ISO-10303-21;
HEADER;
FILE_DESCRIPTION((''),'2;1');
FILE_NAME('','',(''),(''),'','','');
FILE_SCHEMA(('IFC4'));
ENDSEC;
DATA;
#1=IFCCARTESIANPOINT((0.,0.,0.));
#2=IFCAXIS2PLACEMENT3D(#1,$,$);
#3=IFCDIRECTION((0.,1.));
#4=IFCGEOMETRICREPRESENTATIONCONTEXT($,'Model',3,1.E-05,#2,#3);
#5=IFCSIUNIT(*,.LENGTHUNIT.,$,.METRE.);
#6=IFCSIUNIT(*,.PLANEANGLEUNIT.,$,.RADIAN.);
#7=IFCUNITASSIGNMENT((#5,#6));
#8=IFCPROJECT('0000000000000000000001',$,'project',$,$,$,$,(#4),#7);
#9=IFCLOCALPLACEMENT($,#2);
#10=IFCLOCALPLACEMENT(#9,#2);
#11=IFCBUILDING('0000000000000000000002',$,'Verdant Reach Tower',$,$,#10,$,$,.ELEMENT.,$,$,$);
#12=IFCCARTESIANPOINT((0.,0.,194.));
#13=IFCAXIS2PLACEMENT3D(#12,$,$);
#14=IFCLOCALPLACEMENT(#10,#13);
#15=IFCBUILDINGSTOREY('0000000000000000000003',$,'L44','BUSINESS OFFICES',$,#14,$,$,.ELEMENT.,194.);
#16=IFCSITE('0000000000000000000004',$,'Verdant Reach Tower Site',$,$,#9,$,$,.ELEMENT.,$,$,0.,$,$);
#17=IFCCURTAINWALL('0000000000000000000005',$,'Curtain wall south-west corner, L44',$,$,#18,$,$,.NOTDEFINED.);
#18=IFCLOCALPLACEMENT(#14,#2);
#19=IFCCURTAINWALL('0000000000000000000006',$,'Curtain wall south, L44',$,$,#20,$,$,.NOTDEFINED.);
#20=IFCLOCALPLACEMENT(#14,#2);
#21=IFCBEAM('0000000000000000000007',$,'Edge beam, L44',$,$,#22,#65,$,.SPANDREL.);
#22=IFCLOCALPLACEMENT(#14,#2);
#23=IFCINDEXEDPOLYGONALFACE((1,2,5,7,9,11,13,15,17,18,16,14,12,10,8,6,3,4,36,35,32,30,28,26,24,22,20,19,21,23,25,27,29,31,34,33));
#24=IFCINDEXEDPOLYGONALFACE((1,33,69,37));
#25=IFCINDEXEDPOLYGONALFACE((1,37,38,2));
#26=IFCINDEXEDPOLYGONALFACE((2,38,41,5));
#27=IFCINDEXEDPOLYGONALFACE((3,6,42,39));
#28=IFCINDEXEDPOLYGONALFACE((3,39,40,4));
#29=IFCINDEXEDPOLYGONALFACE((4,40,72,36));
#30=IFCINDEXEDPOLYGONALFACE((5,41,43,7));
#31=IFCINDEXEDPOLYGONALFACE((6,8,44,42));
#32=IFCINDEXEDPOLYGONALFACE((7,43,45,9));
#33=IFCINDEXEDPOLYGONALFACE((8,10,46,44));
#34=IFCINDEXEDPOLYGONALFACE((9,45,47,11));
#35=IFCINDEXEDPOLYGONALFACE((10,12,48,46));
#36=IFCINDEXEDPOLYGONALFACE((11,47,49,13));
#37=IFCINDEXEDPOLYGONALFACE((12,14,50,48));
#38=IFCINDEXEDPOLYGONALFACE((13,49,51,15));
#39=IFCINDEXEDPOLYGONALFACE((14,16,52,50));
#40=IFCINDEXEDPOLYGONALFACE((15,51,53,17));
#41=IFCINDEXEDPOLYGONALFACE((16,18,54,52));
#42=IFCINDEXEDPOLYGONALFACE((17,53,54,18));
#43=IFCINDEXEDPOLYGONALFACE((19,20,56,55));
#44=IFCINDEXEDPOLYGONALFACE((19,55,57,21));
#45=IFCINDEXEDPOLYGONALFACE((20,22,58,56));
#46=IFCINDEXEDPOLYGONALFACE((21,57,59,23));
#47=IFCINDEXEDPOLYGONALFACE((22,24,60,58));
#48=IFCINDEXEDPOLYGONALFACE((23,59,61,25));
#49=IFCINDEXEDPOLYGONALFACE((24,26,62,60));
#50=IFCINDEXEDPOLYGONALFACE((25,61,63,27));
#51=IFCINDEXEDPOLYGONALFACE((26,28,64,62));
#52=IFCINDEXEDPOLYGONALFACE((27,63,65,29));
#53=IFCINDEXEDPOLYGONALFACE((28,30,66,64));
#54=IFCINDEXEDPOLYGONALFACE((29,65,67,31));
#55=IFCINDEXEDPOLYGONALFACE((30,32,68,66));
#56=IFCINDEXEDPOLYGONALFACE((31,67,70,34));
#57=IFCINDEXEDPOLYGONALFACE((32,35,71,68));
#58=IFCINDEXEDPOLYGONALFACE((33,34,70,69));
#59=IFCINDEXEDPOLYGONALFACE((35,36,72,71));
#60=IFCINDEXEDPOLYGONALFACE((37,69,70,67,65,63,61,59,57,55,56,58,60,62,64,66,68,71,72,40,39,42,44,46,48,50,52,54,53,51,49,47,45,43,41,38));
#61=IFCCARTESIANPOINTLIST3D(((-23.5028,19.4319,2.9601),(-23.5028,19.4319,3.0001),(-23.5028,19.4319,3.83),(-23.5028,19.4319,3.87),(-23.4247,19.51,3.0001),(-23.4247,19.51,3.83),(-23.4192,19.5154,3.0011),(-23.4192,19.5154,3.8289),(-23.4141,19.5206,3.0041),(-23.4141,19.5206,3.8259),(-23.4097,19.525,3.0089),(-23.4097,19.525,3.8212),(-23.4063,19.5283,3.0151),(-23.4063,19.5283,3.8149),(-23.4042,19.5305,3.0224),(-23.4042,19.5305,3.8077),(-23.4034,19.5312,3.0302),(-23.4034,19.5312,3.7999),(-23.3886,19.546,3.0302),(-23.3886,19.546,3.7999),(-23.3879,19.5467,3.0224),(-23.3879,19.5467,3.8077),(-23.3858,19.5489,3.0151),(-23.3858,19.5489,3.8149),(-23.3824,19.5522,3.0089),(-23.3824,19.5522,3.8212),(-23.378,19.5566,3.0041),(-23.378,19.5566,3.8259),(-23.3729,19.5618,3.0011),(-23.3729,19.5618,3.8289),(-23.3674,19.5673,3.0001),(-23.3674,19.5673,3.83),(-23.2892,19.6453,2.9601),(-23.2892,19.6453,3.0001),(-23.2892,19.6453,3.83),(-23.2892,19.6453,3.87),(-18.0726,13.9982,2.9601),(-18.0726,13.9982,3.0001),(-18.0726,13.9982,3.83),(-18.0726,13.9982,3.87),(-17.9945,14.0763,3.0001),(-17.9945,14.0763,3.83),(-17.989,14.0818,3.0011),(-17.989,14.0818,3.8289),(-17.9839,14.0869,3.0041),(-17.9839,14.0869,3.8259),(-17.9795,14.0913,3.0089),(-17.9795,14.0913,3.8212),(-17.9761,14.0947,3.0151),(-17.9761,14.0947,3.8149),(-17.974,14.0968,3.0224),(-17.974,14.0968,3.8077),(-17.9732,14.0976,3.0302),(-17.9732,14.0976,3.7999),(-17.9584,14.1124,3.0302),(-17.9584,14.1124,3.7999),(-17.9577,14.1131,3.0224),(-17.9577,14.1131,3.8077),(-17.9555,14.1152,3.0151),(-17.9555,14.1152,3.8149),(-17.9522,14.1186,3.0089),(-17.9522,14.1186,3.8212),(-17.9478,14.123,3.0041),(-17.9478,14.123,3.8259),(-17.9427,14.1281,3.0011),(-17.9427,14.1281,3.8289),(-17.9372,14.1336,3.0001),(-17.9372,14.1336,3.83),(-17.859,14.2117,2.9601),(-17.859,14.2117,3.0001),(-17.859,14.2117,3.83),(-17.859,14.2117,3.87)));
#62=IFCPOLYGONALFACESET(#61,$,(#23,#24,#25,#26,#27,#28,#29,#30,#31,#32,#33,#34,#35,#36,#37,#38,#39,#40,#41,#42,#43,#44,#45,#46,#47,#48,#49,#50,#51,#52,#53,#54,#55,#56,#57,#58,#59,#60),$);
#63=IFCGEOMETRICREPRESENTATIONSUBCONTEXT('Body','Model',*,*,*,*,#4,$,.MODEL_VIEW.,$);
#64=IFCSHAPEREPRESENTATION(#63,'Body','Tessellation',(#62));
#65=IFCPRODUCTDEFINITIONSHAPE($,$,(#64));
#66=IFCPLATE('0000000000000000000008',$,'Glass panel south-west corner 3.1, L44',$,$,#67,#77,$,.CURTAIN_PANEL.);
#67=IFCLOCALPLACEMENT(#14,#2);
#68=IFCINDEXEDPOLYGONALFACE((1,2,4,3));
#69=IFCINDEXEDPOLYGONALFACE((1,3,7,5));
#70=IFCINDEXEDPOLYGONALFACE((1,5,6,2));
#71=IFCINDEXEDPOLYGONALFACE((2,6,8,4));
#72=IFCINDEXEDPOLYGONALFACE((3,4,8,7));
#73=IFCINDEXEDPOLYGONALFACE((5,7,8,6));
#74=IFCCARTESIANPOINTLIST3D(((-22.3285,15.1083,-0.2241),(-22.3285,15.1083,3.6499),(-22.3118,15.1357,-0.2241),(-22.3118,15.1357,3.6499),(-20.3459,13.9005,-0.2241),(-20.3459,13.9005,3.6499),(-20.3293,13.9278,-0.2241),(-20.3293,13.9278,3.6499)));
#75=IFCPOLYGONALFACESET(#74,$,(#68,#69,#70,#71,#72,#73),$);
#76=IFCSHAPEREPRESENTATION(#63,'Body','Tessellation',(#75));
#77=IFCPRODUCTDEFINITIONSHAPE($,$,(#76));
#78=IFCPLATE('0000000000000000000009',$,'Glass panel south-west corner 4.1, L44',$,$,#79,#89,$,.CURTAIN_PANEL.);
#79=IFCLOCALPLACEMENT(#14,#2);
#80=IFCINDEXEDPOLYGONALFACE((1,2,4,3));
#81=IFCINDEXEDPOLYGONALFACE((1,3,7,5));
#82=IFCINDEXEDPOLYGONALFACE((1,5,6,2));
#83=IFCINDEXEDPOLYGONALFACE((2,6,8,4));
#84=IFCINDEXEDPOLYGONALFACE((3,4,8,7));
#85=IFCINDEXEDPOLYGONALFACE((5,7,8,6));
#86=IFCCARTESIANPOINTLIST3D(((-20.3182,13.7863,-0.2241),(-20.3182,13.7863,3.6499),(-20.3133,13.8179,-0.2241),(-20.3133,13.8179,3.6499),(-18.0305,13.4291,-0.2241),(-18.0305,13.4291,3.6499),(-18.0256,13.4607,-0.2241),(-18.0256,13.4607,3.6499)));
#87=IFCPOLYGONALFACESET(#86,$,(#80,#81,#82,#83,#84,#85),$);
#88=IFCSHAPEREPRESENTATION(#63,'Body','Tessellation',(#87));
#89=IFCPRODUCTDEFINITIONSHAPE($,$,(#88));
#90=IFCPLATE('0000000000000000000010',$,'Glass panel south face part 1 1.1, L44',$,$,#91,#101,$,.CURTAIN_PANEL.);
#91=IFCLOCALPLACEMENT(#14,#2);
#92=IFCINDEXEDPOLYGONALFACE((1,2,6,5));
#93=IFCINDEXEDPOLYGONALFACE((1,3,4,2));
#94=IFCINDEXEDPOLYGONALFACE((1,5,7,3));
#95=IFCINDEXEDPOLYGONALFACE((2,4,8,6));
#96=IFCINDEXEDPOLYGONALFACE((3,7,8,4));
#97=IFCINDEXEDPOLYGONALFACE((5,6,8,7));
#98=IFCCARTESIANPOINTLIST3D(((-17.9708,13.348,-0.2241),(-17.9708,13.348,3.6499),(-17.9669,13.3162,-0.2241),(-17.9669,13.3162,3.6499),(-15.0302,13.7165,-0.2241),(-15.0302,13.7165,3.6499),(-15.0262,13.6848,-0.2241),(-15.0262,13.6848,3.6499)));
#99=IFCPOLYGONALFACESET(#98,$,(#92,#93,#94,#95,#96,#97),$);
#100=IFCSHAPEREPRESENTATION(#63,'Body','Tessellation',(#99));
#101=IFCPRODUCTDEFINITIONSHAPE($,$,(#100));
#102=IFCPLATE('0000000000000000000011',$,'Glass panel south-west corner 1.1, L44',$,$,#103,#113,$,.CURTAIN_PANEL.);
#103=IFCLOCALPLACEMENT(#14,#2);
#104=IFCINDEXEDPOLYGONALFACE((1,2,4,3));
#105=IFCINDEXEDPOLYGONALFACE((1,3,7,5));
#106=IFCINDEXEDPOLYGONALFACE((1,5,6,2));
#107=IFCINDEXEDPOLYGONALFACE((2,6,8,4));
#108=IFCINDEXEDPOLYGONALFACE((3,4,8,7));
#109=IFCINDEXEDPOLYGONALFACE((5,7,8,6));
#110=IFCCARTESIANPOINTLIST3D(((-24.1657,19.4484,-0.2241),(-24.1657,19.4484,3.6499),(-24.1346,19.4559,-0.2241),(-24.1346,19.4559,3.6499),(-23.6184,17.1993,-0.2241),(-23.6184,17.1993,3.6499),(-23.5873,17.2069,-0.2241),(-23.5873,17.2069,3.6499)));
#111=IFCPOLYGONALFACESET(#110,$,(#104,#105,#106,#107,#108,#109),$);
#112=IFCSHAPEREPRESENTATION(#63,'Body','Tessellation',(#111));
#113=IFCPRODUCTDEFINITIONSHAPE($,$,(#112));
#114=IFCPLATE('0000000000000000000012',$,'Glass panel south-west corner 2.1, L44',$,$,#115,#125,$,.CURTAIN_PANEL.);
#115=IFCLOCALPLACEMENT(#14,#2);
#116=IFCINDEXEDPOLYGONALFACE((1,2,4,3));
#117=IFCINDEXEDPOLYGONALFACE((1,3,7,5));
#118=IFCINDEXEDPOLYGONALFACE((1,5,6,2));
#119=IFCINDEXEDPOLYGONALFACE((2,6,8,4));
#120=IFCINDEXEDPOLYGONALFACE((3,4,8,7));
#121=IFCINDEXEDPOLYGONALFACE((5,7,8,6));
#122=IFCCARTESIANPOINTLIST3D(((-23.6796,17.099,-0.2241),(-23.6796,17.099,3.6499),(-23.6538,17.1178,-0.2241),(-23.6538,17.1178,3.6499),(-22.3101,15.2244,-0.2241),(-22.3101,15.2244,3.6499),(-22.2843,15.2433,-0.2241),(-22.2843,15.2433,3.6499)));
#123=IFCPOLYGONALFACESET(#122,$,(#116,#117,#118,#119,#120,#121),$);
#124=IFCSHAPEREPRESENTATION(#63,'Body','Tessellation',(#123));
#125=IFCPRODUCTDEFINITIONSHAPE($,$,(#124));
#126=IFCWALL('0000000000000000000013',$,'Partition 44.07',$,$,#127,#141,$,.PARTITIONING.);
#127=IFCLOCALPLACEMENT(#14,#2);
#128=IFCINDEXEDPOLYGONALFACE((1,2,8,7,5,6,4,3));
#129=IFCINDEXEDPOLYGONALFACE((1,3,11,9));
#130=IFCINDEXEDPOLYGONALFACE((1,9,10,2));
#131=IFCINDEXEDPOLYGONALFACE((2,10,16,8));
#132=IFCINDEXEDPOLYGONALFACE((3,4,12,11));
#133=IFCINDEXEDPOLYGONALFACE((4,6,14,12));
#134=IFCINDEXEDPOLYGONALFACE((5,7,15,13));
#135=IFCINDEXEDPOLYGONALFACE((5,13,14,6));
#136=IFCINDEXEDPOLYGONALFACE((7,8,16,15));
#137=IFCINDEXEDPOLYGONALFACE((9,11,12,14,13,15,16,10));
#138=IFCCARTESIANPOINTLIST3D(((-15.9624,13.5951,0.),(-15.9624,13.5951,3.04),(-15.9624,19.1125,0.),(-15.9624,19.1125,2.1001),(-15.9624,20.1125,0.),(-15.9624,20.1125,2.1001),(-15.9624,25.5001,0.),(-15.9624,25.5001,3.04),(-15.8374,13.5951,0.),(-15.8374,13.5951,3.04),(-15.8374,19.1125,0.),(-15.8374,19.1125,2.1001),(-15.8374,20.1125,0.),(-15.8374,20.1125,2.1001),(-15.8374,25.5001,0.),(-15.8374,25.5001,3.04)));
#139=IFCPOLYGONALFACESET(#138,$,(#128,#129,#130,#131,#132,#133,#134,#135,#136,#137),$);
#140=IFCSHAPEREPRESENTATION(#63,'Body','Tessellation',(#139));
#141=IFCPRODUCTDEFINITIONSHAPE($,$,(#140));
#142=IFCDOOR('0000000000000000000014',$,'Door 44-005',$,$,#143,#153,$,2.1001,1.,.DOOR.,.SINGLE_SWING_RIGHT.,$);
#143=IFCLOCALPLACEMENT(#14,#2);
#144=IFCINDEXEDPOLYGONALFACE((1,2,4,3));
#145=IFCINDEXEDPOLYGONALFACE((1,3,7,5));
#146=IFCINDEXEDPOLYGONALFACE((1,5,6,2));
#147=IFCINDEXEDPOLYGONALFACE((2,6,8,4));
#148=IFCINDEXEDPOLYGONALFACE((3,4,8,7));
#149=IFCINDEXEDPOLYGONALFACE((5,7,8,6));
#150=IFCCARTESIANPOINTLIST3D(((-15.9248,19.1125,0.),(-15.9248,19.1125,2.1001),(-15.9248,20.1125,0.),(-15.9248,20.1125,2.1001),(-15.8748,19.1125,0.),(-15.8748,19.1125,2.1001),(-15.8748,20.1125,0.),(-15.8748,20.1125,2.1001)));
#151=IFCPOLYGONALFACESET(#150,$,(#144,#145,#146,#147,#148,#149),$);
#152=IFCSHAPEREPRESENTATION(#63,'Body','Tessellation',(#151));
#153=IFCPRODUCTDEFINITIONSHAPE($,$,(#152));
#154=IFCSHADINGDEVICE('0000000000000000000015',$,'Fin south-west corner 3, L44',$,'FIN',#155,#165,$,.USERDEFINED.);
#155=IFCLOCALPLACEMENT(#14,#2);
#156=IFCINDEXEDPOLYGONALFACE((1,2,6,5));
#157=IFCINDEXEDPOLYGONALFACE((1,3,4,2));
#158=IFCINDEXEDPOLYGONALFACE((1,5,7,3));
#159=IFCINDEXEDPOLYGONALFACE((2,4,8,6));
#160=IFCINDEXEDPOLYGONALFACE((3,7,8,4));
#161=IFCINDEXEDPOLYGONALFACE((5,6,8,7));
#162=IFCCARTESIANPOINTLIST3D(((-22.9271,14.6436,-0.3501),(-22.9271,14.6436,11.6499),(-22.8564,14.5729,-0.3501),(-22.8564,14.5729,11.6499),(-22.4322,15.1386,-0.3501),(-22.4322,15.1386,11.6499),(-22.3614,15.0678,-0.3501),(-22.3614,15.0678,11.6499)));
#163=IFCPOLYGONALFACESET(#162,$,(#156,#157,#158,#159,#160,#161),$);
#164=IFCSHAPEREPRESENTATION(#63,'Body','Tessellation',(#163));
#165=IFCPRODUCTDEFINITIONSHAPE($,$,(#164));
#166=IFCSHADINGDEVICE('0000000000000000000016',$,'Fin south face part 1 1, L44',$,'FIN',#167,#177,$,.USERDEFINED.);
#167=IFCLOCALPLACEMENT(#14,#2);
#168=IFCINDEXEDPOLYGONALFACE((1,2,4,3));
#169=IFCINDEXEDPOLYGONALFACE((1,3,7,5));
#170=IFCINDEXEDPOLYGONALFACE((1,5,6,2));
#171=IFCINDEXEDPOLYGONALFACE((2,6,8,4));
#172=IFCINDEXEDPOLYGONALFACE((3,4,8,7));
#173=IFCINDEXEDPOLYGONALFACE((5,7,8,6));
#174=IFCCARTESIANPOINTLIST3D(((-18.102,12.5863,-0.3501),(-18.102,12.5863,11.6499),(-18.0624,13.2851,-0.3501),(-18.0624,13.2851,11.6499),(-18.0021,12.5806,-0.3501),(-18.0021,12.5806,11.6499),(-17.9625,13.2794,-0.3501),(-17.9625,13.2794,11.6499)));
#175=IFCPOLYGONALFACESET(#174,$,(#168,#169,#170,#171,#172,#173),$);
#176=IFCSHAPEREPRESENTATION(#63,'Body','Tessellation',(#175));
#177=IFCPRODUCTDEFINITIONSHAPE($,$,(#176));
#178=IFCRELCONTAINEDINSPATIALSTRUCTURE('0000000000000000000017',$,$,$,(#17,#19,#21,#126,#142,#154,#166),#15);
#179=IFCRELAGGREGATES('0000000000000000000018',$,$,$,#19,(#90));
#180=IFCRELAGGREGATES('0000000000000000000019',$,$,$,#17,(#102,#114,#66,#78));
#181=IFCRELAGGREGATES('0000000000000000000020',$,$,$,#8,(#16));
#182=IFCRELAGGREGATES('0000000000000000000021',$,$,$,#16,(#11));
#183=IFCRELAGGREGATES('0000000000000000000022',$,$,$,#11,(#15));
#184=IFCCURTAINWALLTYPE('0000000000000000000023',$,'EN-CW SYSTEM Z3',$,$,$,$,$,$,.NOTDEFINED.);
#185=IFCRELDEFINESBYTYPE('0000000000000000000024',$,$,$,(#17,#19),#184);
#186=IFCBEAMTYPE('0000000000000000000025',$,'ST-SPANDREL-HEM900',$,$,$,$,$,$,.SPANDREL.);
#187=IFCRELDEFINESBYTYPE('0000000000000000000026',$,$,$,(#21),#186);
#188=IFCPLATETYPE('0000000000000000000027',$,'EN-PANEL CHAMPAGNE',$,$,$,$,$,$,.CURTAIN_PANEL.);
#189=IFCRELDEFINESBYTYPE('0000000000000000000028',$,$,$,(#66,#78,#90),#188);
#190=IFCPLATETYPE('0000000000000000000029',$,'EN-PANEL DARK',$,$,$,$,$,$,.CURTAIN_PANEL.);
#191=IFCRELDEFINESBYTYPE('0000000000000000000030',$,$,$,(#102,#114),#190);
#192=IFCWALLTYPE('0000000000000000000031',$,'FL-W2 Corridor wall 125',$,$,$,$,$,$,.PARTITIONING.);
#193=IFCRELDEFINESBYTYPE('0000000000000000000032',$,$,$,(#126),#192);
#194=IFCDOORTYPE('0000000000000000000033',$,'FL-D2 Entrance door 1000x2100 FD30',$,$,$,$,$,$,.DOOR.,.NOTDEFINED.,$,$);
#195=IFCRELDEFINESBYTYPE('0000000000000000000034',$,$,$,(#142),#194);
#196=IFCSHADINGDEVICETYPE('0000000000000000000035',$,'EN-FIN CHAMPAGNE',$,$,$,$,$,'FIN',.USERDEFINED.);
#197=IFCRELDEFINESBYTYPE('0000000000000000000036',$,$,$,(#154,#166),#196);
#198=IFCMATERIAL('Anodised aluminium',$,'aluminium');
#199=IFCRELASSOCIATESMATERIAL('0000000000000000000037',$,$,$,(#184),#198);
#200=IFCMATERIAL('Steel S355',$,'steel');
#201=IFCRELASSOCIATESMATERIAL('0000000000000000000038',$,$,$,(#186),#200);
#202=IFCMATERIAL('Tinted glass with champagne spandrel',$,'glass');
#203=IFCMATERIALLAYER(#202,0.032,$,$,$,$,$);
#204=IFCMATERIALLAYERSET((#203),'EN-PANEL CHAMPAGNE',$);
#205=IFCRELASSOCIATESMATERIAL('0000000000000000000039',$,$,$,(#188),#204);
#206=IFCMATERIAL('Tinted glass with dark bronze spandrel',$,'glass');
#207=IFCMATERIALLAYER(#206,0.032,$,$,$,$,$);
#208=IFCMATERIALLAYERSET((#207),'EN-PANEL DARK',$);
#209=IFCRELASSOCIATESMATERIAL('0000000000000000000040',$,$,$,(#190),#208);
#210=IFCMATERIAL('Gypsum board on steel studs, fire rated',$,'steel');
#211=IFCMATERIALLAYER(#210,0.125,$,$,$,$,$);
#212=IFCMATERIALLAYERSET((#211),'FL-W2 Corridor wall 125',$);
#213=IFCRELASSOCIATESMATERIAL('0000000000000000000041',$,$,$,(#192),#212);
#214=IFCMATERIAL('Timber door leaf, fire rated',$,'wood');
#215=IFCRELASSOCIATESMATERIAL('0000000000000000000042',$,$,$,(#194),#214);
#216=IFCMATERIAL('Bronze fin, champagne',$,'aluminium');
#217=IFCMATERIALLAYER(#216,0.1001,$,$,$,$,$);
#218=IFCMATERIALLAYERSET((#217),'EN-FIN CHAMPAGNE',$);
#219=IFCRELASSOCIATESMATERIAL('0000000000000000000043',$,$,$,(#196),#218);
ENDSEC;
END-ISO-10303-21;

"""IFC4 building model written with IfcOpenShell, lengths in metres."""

from ifc_helpers import new_model, si_unit, direction, frame, frame_2d, origin, origin_2d, place, context, subcontext, project, spatial, rectangle, i_section, extrude, material, layer, layer_set, material_profile, profile_set, type_object, element, fill, aggregate, save


model = new_model("IFC4")

# Units and contexts
model_context = context("Model", 3, precision=1e-05, world=origin(), true_north=direction((0.0, 1.0)))
body_context = subcontext(model_context, "Body", "Model", "MODEL_VIEW")
ifc_project = project(units=[si_unit("LENGTHUNIT", "METRE"), si_unit("PLANEANGLEUNIT", "RADIAN")], contexts=[model_context])

# Site, building, storey
site_placement = place(None, origin())
site = spatial("IfcSite", under=ifc_project, at=site_placement, Name="Verdant Reach Tower Site", CompositionType="ELEMENT", RefElevation=0.0)
building_placement = place(site_placement, origin())
building = spatial("IfcBuilding", under=site, at=building_placement, Name="Verdant Reach Tower", CompositionType="ELEMENT")
storey_placement = place(building_placement, frame((0.0, 0.0, 194.0)))
storey = spatial("IfcBuildingStorey", under=building, at=storey_placement, Name="L44", Description="BUSINESS OFFICES", CompositionType="ELEMENT", Elevation=194.0)

# Curtain walls
ifc_material_1 = material(Name="Anodised aluminium", Category="aluminium")
curtain_wall_type = type_object("IfcCurtainWallType", Name="EN-CW SYSTEM Z3", PredefinedType="NOTDEFINED", material=ifc_material_1)
curtain_wall_1_placement = place(storey_placement, origin())
curtain_wall_1 = element("IfcCurtainWall", 1, at=curtain_wall_1_placement, inside=storey, type_object=curtain_wall_type, Name="Curtain wall south-west corner, L44", PredefinedType="NOTDEFINED")
curtain_wall_2_placement = place(storey_placement, origin())
curtain_wall_2 = element("IfcCurtainWall", 2, at=curtain_wall_2_placement, inside=storey, type_object=curtain_wall_type, Name="Curtain wall south, L44", PredefinedType="NOTDEFINED")

# Beam
ifc_material_2 = material(Name="Steel S355", Category="steel")
ifc_material_profile_1 = material_profile(ifc_material_2, i_section(OverallWidth=0.302, OverallDepth=0.9099, WebThickness=0.021, FlangeThickness=0.04, FilletRadius=0.03, at=origin_2d()), Name="HEM 900")
ifc_profile_set_1 = profile_set([ifc_material_profile_1], Name="Steel S355")
beam_type_1 = type_object("IfcBeamType", Name="ST-SPANDREL-HEM900", PredefinedType="SPANDREL", material=ifc_profile_set_1)
beam_1_placement = place(storey_placement, frame((-17.9658, 14.105, 3.415), z_axis=(-0.706884, 0.707329, 0.0), x_axis=(-0.707329, -0.706884, 0.0)))
element("IfcBeam", 3, at=beam_1_placement, inside=storey, type_object=beam_type_1, Name="Edge beam, L44", PredefinedType="SPANDREL", context=body_context, shape_type="SweptSolid", body=[
    extrude(i_section(OverallWidth=0.302, OverallDepth=0.9099, WebThickness=0.021, FlangeThickness=0.04, FilletRadius=0.03, at=origin_2d()), origin(), (0.0, 0.0, 1.0), 7.6819),
])

# Plates
ifc_material_3 = material(Name="Tinted glass with champagne spandrel", Category="glass")
ifc_layer_1 = layer(ifc_material_3, 0.032)
ifc_layer_set_1 = layer_set([ifc_layer_1], Name="EN-PANEL CHAMPAGNE")
plate_type_1 = type_object("IfcPlateType", Name="EN-PANEL CHAMPAGNE", PredefinedType="CURTAIN_PANEL", material=ifc_layer_set_1)
plate_1_placement = place(storey_placement, frame((-21.3289, 14.5181, -0.2241), z_axis=(0.0, 0.0, 1.0), x_axis=(0.853989, -0.520292, 0.0)))
plate_1 = element("IfcPlate", 4, at=plate_1_placement, type_object=plate_type_1, Name="Glass panel south-west corner 3.1, L44", PredefinedType="CURTAIN_PANEL", context=body_context, shape_type="SweptSolid", body=[
    extrude(rectangle(XDim=2.3215, YDim=0.032, at=origin_2d()), origin(), (0.0, 0.0, 1.0), 3.874),
])
plate_2_placement = place(storey_placement, frame((-19.1719, 13.6235, -0.2241), z_axis=(0.0, 0.0, 1.0), x_axis=(0.988029, -0.154268, 0.0)))
plate_2 = element("IfcPlate", 5, at=plate_2_placement, type_object=plate_type_1, Name="Glass panel south-west corner 4.1, L44", PredefinedType="CURTAIN_PANEL", context=body_context, shape_type="SweptSolid", body=[
    extrude(rectangle(XDim=2.3154, YDim=0.032, at=origin_2d()), origin(), (0.0, 0.0, 1.0), 3.874),
])
plate_3_placement = place(storey_placement, frame((-16.4985, 13.5164, -0.2241), z_axis=(0.0, 0.0, 1.0), x_axis=(0.992238, 0.124355, 0.0)))
plate_3 = element("IfcPlate", 6, at=plate_3_placement, type_object=plate_type_1, Name="Glass panel south face part 1 1.1, L44", PredefinedType="CURTAIN_PANEL", context=body_context, shape_type="SweptSolid", body=[
    extrude(rectangle(XDim=2.9636, YDim=0.032, at=origin_2d()), origin(), (0.0, 0.0, 1.0), 3.874),
])
aggregate(curtain_wall_2, [plate_3])
ifc_material_4 = material(Name="Tinted glass with dark bronze spandrel", Category="glass")
ifc_layer_2 = layer(ifc_material_4, 0.032)
ifc_layer_set_2 = layer_set([ifc_layer_2], Name="EN-PANEL DARK")
plate_type_2 = type_object("IfcPlateType", Name="EN-PANEL DARK", PredefinedType="CURTAIN_PANEL", material=ifc_layer_set_2)
plate_4_placement = place(storey_placement, frame((-23.8765, 18.3276, -0.2241), z_axis=(0.0, 0.0, 1.0), x_axis=(0.236446, -0.971645, 0.0)))
plate_4 = element("IfcPlate", 7, at=plate_4_placement, type_object=plate_type_2, Name="Glass panel south-west corner 1.1, L44", PredefinedType="CURTAIN_PANEL", context=body_context, shape_type="SweptSolid", body=[
    extrude(rectangle(XDim=2.3147, YDim=0.032, at=origin_2d()), origin(), (0.0, 0.0, 1.0), 3.874),
])
plate_5_placement = place(storey_placement, frame((-22.9819, 16.1711, -0.2241), z_axis=(0.0, 0.0, 1.0), x_axis=(0.589927, -0.807457, 0.0)))
plate_5 = element("IfcPlate", 8, at=plate_5_placement, type_object=plate_type_2, Name="Glass panel south-west corner 2.1, L44", PredefinedType="CURTAIN_PANEL", context=body_context, shape_type="SweptSolid", body=[
    extrude(rectangle(XDim=2.3215, YDim=0.032, at=origin_2d()), origin(), (0.0, 0.0, 1.0), 3.874),
])
aggregate(curtain_wall_1, [plate_4, plate_5, plate_1, plate_2])

# Wall, opening, door
ifc_material_5 = material(Name="Gypsum board on steel studs, fire rated", Category="steel")
ifc_layer_3 = layer(ifc_material_5, 0.125)
ifc_layer_set_3 = layer_set([ifc_layer_3], Name="FL-W2 Corridor wall 125")
wall_type = type_object("IfcWallType", Name="FL-W2 Corridor wall 125", PredefinedType="PARTITIONING", material=ifc_layer_set_3)
wall_placement = place(storey_placement, frame((-15.8999, 13.595, 0.0), z_axis=(0.0, 0.0, 1.0), x_axis=(0.0, 1.0, 0.0)))
wall = element("IfcWall", 9, at=wall_placement, inside=storey, type_object=wall_type, Name="Partition 44.07", PredefinedType="PARTITIONING", context=body_context, shape_type="SweptSolid", body=[
    extrude(rectangle(XDim=11.905, YDim=0.125, at=frame_2d((5.9526, 0.0))), origin(), (0.0, 0.0, 1.0), 3.04),
])
opening_placement = place(wall_placement, frame((5.5176, 0.0, 0.0)))
opening = element("IfcOpeningElement", 10, at=opening_placement, cuts=wall, PredefinedType="OPENING", context=body_context, shape_type="SweptSolid", body=[
    extrude(rectangle(XDim=1.0, YDim=2.1001, at=frame_2d((0.5, 1.05))), frame((0.0, 0.0725, 0.0), z_axis=(0.0, -1.0, 0.0), x_axis=(1.0, 0.0, 0.0)), (0.0, 0.0, 1.0), 0.145),
])
ifc_material_6 = material(Name="Timber door leaf, fire rated", Category="wood")
door_type = type_object("IfcDoorType", Name="FL-D2 Entrance door 1000x2100 FD30", OperationType="NOTDEFINED", PredefinedType="DOOR", material=ifc_material_6)
door_placement = place(opening_placement, origin())
door = element("IfcDoor", 11, at=door_placement, inside=storey, type_object=door_type, Name="Door 44-005", OperationType="SINGLE_SWING_RIGHT", OverallHeight=2.1001, OverallWidth=1.0, PredefinedType="DOOR", context=body_context, shape_type="SweptSolid", body=[
    extrude(rectangle(XDim=1.0, YDim=2.1001, at=frame_2d((0.5, 1.05))), frame((0.0, 0.0249, 0.0), z_axis=(0.0, -1.0, 0.0), x_axis=(1.0, 0.0, 0.0)), (0.0, 0.0, 1.0), 0.05),
])
fill(opening, door)

# Shading devices
ifc_material_7 = material(Name="Bronze fin, champagne", Category="aluminium")
ifc_layer_4 = layer(ifc_material_7, 0.1001)
ifc_layer_set_4 = layer_set([ifc_layer_4], Name="EN-FIN CHAMPAGNE")
shading_device_type_1 = type_object("IfcShadingDeviceType", Name="EN-FIN CHAMPAGNE", ElementType="FIN", PredefinedType="USERDEFINED", material=ifc_layer_set_4)
for number, where, z_axis, x_axis, name in (
    (12, (-22.6443, 14.8557, -0.3501), (0.0, 0.0, 1.0), (0.707107, -0.707107, 0.0), "Fin south-west corner 3, L44"),
    (13, (-18.0322, 12.9329, -0.3501), (0.0, 0.0, 1.0), (0.998399, -0.056569, 0.0), "Fin south face part 1 1, L44"),
):
    element("IfcShadingDevice", number, at=place(storey_placement, frame(where, z_axis=z_axis, x_axis=x_axis)), inside=storey, type_object=shading_device_type_1, Name=name, ObjectType="FIN", PredefinedType="USERDEFINED", context=body_context, shape_type="SweptSolid", body=[
        extrude(rectangle(XDim=0.1001, YDim=0.7, at=origin_2d()), origin(), (0.0, 0.0, 1.0), 12.0),
    ])

save(model, "model.ifc")
